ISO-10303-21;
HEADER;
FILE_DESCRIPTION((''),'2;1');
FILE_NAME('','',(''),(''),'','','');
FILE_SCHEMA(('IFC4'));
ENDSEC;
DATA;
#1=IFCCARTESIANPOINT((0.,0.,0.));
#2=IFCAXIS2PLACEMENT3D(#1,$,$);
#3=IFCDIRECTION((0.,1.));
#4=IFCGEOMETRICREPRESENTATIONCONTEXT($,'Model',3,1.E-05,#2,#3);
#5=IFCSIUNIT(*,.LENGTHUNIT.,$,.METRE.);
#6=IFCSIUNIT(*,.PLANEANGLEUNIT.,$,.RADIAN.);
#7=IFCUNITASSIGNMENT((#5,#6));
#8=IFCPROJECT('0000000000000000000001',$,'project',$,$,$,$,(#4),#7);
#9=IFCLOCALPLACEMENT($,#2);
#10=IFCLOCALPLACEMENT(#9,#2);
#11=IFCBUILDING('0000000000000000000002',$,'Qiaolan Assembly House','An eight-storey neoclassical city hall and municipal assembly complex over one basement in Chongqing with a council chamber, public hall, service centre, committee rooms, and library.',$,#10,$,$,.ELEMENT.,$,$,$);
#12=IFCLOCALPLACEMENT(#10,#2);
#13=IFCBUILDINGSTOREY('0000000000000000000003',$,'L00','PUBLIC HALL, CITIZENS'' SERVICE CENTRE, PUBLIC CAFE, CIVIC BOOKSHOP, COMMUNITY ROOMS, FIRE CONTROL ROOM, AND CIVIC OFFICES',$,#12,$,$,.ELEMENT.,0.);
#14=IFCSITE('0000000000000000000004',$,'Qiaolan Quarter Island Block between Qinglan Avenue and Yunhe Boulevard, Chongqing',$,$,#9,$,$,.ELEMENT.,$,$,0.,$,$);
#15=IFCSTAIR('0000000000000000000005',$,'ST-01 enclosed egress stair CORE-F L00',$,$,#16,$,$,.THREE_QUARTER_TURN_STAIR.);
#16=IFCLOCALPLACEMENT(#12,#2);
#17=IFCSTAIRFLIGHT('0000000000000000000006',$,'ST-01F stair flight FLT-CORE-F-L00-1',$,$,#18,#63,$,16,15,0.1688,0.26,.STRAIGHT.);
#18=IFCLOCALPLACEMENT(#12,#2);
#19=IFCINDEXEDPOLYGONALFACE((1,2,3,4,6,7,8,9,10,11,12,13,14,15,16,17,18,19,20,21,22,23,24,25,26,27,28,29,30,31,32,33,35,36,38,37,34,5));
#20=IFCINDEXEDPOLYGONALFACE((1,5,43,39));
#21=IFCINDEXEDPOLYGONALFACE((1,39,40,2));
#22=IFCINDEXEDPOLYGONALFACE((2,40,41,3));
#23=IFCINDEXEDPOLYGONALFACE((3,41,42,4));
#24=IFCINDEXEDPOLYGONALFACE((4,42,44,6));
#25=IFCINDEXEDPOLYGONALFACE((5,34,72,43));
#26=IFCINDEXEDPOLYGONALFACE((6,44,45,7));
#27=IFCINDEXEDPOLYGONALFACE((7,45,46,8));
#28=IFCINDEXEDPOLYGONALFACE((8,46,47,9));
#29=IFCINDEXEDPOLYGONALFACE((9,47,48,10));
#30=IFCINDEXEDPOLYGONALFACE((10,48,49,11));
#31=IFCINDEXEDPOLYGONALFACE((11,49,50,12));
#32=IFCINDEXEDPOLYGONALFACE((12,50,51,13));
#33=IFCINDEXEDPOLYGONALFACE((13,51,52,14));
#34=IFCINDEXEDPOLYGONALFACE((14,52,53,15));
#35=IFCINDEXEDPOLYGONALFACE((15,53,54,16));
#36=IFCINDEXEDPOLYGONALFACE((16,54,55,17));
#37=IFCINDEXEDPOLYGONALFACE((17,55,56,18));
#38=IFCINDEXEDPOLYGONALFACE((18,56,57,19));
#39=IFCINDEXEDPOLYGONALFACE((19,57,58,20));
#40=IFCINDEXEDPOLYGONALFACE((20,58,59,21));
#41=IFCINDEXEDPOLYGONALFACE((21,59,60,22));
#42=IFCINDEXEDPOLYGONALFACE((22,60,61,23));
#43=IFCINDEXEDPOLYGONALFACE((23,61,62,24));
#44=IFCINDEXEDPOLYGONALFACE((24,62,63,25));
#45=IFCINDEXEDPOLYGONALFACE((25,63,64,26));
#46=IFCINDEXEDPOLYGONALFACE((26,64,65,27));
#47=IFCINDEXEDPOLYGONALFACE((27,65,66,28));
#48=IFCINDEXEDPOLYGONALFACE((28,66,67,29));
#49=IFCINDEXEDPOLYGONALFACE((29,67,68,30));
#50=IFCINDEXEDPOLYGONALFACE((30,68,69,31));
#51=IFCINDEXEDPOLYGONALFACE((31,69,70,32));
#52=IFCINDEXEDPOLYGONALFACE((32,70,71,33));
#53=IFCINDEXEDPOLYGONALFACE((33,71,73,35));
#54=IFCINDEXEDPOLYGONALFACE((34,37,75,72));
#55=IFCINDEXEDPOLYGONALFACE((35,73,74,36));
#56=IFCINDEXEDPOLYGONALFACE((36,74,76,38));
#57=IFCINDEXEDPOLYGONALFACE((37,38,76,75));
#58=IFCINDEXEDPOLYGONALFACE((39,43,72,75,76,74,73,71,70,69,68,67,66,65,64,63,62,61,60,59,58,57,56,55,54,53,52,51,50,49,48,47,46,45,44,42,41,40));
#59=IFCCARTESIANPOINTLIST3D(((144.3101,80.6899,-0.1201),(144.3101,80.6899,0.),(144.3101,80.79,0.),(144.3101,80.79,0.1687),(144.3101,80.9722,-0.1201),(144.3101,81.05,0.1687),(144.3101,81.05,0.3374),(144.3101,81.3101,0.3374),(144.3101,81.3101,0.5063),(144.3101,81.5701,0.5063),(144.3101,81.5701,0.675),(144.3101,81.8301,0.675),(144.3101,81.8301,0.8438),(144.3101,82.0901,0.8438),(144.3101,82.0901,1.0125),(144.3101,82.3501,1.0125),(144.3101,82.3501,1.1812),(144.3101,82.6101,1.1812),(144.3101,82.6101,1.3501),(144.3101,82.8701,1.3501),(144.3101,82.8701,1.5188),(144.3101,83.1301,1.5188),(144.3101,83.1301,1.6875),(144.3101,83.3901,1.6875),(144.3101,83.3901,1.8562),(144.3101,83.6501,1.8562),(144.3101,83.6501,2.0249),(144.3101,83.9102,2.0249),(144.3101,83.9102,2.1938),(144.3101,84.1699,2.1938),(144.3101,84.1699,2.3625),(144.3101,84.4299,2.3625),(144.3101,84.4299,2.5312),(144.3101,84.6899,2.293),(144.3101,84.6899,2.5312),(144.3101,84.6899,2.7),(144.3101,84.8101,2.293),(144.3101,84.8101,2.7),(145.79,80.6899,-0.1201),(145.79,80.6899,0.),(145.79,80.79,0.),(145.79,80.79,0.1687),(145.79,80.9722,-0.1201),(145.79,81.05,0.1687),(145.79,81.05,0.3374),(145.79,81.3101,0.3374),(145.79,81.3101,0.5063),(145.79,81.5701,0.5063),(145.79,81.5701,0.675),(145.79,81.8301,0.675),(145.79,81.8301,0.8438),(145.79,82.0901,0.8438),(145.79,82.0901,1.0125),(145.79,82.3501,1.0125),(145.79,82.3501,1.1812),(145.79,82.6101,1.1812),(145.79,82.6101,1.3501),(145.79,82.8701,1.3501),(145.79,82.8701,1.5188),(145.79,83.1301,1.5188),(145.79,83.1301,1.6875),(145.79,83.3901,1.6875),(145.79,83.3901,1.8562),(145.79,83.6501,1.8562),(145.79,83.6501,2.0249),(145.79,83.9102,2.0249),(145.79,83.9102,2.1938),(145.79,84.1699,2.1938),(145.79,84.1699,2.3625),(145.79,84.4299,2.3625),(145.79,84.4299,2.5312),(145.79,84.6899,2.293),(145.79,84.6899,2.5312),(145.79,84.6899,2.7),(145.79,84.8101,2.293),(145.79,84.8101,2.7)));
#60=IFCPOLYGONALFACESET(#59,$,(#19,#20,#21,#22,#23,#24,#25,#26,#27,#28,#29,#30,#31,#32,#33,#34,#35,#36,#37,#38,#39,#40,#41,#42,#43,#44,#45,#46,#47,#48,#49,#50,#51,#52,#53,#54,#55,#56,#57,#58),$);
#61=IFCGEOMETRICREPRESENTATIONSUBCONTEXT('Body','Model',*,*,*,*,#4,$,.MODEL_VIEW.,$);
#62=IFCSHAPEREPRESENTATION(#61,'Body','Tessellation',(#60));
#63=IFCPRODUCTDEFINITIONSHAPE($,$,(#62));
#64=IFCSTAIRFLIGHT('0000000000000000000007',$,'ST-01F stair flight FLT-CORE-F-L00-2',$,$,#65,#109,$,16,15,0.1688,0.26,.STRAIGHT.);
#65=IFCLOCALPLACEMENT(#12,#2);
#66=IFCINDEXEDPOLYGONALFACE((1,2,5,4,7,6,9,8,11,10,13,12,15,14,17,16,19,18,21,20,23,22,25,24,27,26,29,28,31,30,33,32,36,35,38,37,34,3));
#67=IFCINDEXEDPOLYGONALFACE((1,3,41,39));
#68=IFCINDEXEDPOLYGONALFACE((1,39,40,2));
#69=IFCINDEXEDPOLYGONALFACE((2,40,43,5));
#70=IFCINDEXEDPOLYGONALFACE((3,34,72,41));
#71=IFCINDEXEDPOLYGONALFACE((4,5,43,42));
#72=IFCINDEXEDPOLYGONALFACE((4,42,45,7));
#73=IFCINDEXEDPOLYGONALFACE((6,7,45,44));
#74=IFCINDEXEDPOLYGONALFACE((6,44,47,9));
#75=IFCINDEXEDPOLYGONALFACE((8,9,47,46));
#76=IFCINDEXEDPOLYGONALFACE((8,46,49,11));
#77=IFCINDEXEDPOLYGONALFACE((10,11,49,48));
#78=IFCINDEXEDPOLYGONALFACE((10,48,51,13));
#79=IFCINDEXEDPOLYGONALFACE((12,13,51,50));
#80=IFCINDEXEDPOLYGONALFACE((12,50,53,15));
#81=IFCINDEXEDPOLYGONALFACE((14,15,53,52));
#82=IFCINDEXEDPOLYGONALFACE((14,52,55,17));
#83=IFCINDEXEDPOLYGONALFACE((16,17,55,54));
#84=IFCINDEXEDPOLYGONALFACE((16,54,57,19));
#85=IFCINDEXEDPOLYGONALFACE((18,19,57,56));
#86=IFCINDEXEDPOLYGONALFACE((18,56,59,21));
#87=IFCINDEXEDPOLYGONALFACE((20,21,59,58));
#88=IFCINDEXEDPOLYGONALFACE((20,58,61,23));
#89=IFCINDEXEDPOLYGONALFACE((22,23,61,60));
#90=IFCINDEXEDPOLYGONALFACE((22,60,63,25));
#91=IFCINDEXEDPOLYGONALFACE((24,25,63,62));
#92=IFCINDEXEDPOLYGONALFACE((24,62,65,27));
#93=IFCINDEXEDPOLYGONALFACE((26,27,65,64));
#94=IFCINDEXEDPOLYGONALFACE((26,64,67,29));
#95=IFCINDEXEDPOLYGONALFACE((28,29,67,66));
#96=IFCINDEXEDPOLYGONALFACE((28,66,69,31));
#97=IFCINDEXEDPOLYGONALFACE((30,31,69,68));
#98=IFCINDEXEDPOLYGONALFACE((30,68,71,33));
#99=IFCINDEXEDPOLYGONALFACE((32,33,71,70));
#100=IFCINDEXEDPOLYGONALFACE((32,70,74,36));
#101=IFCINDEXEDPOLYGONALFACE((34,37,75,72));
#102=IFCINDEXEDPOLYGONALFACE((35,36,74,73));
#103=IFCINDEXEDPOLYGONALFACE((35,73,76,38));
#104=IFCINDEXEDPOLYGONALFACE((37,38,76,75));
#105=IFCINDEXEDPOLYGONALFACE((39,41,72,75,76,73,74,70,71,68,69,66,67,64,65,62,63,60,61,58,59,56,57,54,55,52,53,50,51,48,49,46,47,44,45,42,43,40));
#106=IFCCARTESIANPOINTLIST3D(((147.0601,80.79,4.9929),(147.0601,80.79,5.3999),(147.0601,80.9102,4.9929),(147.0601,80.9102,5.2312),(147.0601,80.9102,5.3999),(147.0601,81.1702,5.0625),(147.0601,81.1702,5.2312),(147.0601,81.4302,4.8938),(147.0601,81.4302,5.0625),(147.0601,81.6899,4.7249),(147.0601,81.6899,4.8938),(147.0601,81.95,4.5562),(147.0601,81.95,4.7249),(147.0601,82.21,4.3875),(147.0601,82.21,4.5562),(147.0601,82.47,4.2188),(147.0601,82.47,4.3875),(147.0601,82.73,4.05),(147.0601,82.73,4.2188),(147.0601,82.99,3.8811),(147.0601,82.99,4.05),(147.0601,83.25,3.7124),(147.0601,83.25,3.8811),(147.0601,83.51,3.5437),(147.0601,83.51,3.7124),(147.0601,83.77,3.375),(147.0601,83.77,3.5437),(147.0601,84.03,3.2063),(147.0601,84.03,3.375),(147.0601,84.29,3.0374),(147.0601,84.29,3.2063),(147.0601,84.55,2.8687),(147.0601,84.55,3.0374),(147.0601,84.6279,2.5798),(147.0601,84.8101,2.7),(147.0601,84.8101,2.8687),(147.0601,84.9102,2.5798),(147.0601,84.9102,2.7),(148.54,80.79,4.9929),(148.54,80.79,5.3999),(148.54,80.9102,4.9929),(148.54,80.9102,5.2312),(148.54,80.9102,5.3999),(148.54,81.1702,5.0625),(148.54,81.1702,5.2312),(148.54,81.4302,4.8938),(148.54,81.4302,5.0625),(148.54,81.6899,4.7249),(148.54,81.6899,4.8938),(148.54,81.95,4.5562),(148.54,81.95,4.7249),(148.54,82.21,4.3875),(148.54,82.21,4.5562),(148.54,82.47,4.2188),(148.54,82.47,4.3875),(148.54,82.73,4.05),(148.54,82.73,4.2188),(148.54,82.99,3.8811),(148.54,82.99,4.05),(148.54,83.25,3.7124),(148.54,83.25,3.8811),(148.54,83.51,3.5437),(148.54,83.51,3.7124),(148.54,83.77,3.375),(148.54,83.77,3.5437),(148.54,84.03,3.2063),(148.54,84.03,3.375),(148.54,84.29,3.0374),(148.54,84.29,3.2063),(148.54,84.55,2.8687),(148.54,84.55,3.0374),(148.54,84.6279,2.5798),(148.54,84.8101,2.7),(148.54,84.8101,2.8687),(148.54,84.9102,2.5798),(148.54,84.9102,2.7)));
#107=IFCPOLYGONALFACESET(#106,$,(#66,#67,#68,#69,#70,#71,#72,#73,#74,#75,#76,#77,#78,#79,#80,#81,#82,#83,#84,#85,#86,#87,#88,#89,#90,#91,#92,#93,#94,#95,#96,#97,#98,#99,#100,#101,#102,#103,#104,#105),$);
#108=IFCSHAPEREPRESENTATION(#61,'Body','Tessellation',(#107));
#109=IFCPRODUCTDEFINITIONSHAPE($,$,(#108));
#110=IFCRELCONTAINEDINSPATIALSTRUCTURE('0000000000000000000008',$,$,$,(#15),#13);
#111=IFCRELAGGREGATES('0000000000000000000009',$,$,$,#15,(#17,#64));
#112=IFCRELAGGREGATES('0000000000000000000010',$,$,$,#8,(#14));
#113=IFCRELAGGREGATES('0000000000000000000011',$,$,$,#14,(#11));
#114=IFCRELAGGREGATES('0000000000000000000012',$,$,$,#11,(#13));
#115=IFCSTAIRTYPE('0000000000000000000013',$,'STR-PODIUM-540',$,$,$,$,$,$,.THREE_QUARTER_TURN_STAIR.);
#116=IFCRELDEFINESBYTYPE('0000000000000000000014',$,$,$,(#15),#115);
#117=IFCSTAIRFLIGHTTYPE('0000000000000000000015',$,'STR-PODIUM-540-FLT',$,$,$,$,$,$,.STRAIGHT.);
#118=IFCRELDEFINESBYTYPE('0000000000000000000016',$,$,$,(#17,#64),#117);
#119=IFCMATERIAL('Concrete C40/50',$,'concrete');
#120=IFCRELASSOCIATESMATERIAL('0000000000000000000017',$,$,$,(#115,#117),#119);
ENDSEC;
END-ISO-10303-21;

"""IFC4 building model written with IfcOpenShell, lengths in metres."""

from ifc_helpers import new_model, si_unit, direction, frame, origin, place, context, subcontext, project, spatial, polyline, outline, extrude, material, type_object, element, aggregate, save


model = new_model("IFC4")

# Units and contexts
model_context = context("Model", 3, precision=1e-05, world=origin(), true_north=direction((0.0, 1.0)))
body_context = subcontext(model_context, "Body", "Model", "MODEL_VIEW")
ifc_project = project(units=[si_unit("LENGTHUNIT", "METRE"), si_unit("PLANEANGLEUNIT", "RADIAN")], contexts=[model_context])

# Site, building, storey
site_placement = place(None, origin())
site = spatial("IfcSite", under=ifc_project, at=site_placement, Name="Qiaolan Quarter Island Block between Qinglan Avenue and Yunhe Boulevard, Chongqing", CompositionType="ELEMENT", RefElevation=0.0)
building_placement = place(site_placement, origin())
building = spatial("IfcBuilding", under=site, at=building_placement, Name="Qiaolan Assembly House", Description="An eight-storey neoclassical city hall and municipal assembly complex over one basement in Chongqing with a council chamber, public hall, service centre, committee rooms, and library.", CompositionType="ELEMENT")
storey_placement = place(building_placement, origin())
storey = spatial("IfcBuildingStorey", under=building, at=storey_placement, Name="L00", Description="PUBLIC HALL, CITIZENS' SERVICE CENTRE, PUBLIC CAFE, CIVIC BOOKSHOP, COMMUNITY ROOMS, FIRE CONTROL ROOM, AND CIVIC OFFICES", CompositionType="ELEMENT", Elevation=0.0)

# Shared definitions
ifc_material_1 = material(Name="Concrete C40/50", Category="concrete")

# Stair, stair flights
stair_type = type_object("IfcStairType", Name="STR-PODIUM-540", PredefinedType="THREE_QUARTER_TURN_STAIR", material=ifc_material_1)
stair_placement = place(storey_placement, origin())
stair = element("IfcStair", 1, at=stair_placement, inside=storey, type_object=stair_type, Name="ST-01 enclosed egress stair CORE-F L00", PredefinedType="THREE_QUARTER_TURN_STAIR")
stair_flight_type = type_object("IfcStairFlightType", Name="STR-PODIUM-540-FLT", PredefinedType="STRAIGHT", material=ifc_material_1)
stair_flight_1_placement = place(storey_placement, frame((145.05, 80.79, 0.0), z_axis=(0.0, 0.0, 1.0), x_axis=(0.0, 1.0, 0.0)))
stair_flight_1 = element("IfcStairFlight", 2, at=stair_flight_1_placement, type_object=stair_flight_type, Name="ST-01F stair flight FLT-CORE-F-L00-1", NumberOfRisers=16, NumberOfTreads=15, PredefinedType="STRAIGHT", RiserHeight=0.1688, TreadLength=0.26, context=body_context, shape_type="SweptSolid", body=[
    extrude(outline(polyline([(-0.1001, -0.1201), (-0.1001, 0.0), (0.0, 0.0), (0.0, 0.1687), (0.26, 0.1687), (0.26, 0.3374), (0.52, 0.3374), (0.52, 0.5063), (0.78, 0.5063), (0.78, 0.675), (1.04, 0.675), (1.04, 0.8438), (1.3, 0.8438), (1.3, 1.0125), (1.5601, 1.0125), (1.5601, 1.1812), (1.8201, 1.1812), (1.8201, 1.3501), (2.0801, 1.3501), (2.0801, 1.5188), (2.3401, 1.5188), (2.3401, 1.6875), (2.6001, 1.6875), (2.6001, 1.8562), (2.8601, 1.8562), (2.8601, 2.0249), (3.1201, 2.0249), (3.1201, 2.1938), (3.3799, 2.1938), (3.3799, 2.3625), (3.6399, 2.3625), (3.6399, 2.5312), (3.8999, 2.5312), (3.8999, 2.7), (4.02, 2.7), (4.02, 2.293), (3.8999, 2.293), (0.1821, -0.1201), (-0.1001, -0.1201)])), frame((0.0, 0.74, 0.0), z_axis=(0.0, -1.0, 0.0), x_axis=(1.0, 0.0, 0.0)), (0.0, 0.0, 1.0), 1.48),
])
stair_flight_2_placement = place(storey_placement, frame((147.8, 84.8101, 2.7), z_axis=(0.0, 0.0, 1.0), x_axis=(0.0, -1.0, 0.0)))
stair_flight_2 = element("IfcStairFlight", 3, at=stair_flight_2_placement, type_object=stair_flight_type, Name="ST-01F stair flight FLT-CORE-F-L00-2", NumberOfRisers=16, NumberOfTreads=15, PredefinedType="STRAIGHT", RiserHeight=0.1688, TreadLength=0.26, context=body_context, shape_type="SweptSolid", body=[
    extrude(outline(polyline([(-0.1001, -0.1201), (-0.1001, 0.0), (0.0, 0.0), (0.0, 0.1687), (0.26, 0.1687), (0.26, 0.3374), (0.52, 0.3374), (0.52, 0.5063), (0.78, 0.5063), (0.78, 0.675), (1.04, 0.675), (1.04, 0.8438), (1.3, 0.8438), (1.3, 1.0125), (1.5601, 1.0125), (1.5601, 1.1812), (1.8201, 1.1812), (1.8201, 1.3501), (2.0801, 1.3501), (2.0801, 1.5188), (2.3401, 1.5188), (2.3401, 1.6875), (2.6001, 1.6875), (2.6001, 1.8562), (2.8601, 1.8562), (2.8601, 2.0249), (3.1201, 2.0249), (3.1201, 2.1938), (3.3799, 2.1938), (3.3799, 2.3625), (3.6399, 2.3625), (3.6399, 2.5312), (3.8999, 2.5312), (3.8999, 2.7), (4.02, 2.7), (4.02, 2.293), (3.8999, 2.293), (0.1821, -0.1201), (-0.1001, -0.1201)])), frame((0.0, 0.74, 0.0), z_axis=(0.0, -1.0, 0.0), x_axis=(1.0, 0.0, 0.0)), (0.0, 0.0, 1.0), 1.48),
])
aggregate(stair, [stair_flight_1, stair_flight_2])

save(model, "model.ifc")
